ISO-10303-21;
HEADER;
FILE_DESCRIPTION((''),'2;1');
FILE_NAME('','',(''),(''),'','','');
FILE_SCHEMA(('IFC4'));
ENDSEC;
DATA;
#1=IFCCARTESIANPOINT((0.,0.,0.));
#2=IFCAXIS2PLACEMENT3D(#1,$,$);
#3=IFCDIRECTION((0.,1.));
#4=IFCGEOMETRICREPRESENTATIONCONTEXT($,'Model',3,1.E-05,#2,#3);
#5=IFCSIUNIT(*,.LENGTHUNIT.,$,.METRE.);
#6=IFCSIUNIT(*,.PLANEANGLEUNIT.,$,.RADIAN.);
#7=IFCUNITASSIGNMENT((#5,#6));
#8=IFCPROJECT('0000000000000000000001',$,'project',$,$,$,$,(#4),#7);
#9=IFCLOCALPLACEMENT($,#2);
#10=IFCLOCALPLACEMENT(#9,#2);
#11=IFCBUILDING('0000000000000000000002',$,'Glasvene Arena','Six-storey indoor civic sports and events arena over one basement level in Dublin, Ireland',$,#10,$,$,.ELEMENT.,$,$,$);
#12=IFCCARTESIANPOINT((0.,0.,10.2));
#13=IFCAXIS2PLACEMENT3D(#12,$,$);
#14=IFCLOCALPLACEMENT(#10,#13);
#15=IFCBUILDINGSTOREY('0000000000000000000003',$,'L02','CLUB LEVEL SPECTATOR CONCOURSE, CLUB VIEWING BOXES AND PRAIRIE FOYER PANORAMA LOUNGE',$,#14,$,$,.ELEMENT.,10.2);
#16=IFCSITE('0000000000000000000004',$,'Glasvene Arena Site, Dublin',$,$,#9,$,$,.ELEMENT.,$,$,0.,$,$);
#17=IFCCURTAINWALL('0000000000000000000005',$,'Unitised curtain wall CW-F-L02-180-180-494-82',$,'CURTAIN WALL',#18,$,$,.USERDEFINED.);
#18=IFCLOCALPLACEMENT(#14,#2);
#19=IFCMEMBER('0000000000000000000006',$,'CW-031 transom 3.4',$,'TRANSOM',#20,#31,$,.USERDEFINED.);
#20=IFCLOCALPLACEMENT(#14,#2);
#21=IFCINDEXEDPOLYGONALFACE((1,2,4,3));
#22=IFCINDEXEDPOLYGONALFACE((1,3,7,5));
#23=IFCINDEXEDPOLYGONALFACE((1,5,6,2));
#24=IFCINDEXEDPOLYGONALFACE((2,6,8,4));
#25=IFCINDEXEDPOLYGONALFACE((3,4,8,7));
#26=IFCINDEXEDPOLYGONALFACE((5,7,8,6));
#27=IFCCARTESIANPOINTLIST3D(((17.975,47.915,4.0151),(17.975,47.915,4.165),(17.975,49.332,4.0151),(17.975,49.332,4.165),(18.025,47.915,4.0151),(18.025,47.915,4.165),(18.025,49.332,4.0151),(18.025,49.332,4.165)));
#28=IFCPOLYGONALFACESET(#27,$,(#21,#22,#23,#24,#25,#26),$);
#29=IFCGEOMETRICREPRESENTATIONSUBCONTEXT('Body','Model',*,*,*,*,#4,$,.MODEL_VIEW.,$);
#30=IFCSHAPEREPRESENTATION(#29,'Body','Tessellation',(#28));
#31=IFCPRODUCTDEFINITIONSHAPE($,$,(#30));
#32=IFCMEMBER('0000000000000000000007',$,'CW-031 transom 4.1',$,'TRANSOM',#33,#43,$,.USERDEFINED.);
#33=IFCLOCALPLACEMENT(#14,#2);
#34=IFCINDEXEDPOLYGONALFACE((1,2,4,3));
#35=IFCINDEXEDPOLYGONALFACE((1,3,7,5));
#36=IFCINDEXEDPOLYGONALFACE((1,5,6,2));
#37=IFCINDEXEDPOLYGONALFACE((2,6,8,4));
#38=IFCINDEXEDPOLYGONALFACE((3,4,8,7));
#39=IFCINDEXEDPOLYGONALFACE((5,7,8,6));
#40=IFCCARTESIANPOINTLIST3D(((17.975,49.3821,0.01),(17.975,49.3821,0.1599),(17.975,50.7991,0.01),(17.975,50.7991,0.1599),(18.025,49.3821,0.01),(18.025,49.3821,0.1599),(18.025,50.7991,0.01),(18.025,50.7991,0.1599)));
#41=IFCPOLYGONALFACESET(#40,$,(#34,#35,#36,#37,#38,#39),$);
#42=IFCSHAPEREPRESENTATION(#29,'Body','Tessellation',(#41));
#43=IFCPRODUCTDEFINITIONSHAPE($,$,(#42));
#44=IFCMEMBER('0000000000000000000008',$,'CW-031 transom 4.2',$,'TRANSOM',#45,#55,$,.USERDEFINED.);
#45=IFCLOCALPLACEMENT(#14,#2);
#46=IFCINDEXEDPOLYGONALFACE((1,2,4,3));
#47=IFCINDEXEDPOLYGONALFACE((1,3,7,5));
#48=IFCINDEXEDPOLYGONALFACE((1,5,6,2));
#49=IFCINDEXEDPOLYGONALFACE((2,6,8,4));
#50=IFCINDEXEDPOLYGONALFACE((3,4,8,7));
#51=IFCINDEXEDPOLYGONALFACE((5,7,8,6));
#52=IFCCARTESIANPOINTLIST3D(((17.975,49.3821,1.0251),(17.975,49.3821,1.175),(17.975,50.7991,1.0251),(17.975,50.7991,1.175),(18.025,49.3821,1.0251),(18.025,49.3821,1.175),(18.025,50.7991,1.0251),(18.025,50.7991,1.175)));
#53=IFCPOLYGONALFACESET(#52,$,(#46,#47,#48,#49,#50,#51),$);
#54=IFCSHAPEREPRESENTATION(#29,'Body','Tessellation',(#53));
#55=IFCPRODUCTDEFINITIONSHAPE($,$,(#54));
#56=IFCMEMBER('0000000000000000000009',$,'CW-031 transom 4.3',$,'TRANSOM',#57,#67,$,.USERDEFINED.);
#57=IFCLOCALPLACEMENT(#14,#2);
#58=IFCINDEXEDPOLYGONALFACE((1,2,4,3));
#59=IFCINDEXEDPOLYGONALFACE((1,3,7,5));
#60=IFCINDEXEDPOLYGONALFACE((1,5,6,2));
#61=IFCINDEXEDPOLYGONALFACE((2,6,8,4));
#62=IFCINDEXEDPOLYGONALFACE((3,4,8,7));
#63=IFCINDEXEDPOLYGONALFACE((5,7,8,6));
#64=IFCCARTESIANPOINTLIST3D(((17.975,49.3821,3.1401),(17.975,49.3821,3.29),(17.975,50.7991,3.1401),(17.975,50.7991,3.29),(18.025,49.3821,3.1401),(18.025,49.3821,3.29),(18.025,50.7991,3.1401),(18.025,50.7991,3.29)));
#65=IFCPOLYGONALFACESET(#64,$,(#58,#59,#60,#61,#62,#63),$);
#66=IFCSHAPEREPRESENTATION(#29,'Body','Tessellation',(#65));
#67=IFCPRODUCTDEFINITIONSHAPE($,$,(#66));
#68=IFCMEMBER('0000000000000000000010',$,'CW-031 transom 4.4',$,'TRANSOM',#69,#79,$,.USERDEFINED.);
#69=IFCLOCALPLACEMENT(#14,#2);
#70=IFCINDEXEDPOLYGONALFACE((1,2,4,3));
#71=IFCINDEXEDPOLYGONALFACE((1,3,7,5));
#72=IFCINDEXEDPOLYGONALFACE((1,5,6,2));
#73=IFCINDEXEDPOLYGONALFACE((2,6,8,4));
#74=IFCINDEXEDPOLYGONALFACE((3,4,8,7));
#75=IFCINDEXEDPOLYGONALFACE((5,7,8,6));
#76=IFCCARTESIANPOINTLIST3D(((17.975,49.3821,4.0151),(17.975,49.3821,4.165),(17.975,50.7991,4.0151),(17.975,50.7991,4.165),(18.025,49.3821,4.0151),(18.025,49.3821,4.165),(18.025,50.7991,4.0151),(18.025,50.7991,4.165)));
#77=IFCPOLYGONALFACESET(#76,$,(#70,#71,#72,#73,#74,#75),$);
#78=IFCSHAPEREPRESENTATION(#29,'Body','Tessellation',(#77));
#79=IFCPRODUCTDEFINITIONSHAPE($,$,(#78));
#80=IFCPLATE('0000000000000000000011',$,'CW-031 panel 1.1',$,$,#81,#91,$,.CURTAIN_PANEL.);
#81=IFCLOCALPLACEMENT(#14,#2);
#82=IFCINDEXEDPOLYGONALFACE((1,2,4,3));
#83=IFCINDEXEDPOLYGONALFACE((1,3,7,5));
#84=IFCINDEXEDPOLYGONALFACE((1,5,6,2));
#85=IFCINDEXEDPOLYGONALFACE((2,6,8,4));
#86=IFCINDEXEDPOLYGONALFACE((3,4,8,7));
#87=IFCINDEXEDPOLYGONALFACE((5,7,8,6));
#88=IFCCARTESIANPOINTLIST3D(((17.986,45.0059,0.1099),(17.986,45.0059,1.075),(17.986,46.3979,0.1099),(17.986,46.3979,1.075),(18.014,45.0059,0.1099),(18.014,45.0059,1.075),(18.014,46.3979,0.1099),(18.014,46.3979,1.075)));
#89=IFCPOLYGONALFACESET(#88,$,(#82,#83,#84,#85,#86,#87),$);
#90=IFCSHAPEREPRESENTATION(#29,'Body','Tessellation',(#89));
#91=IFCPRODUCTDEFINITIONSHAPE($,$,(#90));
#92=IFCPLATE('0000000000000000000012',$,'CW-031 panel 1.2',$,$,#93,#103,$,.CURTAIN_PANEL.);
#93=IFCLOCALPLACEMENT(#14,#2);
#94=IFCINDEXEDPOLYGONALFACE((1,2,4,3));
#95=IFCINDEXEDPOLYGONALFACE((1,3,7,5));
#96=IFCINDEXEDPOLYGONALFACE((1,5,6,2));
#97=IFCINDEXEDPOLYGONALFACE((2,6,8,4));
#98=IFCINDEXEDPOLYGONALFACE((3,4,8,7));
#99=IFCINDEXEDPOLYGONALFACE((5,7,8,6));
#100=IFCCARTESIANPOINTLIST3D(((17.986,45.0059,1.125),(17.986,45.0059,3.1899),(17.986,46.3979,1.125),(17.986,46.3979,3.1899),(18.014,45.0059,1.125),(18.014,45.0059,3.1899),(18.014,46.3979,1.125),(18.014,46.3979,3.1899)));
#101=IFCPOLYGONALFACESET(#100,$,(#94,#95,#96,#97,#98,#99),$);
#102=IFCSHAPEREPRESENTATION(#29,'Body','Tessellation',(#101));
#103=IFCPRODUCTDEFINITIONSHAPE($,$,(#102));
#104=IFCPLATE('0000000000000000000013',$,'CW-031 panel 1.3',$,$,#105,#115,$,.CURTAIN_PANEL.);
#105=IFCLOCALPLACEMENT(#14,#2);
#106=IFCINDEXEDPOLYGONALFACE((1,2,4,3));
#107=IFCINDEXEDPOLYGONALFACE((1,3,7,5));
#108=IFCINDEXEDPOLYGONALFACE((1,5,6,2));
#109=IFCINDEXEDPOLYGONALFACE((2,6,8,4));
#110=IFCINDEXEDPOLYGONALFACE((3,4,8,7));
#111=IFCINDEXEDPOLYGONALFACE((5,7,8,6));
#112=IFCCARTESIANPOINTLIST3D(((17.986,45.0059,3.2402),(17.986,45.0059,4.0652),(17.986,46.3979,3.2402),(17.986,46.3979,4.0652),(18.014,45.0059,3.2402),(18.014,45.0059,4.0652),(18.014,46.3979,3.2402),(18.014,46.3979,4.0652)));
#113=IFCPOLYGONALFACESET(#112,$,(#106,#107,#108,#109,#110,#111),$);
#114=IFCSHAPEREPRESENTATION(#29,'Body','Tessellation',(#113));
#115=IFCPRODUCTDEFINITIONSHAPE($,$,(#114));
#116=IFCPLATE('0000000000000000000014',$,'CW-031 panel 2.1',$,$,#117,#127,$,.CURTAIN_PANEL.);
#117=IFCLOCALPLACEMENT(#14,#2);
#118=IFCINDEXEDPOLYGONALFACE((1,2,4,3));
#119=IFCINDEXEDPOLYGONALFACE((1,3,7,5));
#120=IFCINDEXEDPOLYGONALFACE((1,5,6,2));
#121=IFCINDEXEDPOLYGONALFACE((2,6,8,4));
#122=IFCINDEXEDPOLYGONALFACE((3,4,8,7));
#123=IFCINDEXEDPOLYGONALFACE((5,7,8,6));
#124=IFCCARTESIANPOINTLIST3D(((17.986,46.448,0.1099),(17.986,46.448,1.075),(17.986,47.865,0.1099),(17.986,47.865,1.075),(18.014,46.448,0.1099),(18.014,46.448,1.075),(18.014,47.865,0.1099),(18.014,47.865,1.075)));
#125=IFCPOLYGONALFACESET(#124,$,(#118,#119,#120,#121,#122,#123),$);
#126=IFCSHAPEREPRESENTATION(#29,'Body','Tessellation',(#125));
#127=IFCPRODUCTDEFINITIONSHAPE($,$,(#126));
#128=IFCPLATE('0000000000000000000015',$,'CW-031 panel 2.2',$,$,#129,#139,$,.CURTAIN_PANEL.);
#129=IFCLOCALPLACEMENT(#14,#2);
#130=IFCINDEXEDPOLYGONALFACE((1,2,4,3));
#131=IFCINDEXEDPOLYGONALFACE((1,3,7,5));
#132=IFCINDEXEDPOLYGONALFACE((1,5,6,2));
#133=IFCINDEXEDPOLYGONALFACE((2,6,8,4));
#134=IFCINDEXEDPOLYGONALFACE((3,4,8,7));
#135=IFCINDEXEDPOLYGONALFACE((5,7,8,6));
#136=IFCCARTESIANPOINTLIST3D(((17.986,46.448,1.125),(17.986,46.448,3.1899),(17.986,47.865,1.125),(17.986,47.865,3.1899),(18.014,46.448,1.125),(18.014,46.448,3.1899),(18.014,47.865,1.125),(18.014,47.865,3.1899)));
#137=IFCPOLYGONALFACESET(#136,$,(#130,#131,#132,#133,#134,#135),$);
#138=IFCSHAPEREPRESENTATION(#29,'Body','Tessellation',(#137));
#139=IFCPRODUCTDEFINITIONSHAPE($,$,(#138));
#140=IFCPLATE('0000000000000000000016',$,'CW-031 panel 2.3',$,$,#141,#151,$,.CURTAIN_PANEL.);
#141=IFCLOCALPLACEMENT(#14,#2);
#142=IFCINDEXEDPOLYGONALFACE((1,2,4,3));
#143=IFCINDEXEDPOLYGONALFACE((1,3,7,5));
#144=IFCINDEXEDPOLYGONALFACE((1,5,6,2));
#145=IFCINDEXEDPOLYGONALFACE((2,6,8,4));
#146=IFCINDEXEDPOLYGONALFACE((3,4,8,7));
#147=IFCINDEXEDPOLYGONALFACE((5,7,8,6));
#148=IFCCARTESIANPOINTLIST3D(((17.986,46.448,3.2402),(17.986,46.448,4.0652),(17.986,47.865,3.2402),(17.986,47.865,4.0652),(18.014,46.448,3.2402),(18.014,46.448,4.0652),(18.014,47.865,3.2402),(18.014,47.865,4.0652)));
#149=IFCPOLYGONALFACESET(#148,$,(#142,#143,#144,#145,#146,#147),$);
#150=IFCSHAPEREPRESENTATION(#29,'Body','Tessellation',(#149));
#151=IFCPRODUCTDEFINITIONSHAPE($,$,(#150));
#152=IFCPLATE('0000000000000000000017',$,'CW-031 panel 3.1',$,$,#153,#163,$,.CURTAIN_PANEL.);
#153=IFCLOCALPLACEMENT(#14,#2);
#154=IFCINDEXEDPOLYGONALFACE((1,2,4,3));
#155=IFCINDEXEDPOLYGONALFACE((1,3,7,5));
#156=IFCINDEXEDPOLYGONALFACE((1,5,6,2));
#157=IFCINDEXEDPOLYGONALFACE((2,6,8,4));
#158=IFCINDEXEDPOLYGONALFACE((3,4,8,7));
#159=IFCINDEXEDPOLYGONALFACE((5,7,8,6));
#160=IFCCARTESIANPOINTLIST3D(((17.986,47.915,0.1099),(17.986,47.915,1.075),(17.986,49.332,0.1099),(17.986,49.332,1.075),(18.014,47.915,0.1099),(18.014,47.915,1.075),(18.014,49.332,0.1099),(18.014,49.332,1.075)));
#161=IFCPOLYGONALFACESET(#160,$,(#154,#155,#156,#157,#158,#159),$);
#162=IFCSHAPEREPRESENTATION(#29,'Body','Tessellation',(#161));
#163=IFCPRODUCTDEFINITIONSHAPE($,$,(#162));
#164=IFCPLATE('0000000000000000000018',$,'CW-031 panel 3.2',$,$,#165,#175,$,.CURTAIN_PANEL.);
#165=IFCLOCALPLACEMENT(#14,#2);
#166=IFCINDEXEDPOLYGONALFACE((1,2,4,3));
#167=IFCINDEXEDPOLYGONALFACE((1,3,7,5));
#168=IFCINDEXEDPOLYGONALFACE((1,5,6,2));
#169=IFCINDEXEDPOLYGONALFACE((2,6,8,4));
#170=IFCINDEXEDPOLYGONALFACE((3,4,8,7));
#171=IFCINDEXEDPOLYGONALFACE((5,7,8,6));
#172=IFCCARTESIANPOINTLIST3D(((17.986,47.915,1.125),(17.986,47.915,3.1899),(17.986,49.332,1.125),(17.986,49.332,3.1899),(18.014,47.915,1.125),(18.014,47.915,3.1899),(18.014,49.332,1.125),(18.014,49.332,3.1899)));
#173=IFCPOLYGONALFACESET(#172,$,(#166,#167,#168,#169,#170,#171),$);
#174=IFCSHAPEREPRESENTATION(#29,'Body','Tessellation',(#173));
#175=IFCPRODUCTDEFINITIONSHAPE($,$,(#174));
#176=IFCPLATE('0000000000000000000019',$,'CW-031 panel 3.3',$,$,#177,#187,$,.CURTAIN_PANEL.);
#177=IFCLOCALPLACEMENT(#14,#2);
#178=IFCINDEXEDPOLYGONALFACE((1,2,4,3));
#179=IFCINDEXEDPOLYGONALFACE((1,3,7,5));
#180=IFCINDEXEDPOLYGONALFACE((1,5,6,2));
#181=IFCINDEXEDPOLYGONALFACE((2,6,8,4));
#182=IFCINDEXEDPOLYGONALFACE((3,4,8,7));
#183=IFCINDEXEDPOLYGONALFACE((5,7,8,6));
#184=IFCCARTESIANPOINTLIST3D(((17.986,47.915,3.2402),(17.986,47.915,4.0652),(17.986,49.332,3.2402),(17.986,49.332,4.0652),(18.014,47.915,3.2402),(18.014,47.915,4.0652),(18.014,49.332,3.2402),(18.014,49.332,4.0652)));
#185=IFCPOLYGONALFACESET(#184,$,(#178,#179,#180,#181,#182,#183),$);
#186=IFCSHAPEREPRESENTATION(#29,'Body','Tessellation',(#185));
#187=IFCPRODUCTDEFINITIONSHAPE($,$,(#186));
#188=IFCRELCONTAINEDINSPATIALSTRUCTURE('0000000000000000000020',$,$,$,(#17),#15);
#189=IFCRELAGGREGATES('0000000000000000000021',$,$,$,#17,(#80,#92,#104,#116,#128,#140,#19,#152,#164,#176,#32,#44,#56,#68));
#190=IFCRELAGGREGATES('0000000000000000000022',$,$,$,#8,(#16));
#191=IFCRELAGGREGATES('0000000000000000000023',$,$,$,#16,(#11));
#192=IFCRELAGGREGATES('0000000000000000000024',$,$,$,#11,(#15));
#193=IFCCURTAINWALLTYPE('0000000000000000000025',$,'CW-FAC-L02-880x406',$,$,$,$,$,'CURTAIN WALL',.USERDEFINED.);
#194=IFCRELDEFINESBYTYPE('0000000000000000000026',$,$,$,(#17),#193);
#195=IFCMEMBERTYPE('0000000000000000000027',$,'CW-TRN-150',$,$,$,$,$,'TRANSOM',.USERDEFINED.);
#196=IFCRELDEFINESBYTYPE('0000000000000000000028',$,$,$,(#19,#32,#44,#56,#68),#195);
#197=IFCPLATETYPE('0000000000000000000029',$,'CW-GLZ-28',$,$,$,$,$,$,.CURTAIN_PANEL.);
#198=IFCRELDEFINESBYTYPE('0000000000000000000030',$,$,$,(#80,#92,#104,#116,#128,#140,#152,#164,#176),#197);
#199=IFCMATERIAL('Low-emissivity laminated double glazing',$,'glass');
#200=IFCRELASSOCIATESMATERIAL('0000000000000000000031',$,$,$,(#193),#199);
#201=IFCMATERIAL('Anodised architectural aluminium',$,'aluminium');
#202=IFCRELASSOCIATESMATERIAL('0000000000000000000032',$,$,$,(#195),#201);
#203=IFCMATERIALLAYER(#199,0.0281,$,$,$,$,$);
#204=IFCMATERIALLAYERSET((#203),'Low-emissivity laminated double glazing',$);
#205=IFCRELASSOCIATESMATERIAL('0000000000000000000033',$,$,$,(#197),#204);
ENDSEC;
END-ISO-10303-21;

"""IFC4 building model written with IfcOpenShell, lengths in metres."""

from ifc_helpers import new_model, si_unit, direction, frame, origin, origin_2d, place, context, subcontext, project, spatial, rectangle, extrude, material, layer, layer_set, material_profile, profile_set, type_object, element, aggregate, save


model = new_model("IFC4")

# Units and contexts
model_context = context("Model", 3, precision=1e-05, world=origin(), true_north=direction((0.0, 1.0)))
body_context = subcontext(model_context, "Body", "Model", "MODEL_VIEW")
ifc_project = project(units=[si_unit("LENGTHUNIT", "METRE"), si_unit("PLANEANGLEUNIT", "RADIAN")], contexts=[model_context])

# Site, building, storey
site_placement = place(None, origin())
site = spatial("IfcSite", under=ifc_project, at=site_placement, Name="Glasvene Arena Site, Dublin", CompositionType="ELEMENT", RefElevation=0.0)
building_placement = place(site_placement, origin())
building = spatial("IfcBuilding", under=site, at=building_placement, Name="Glasvene Arena", Description="Six-storey indoor civic sports and events arena over one basement level in Dublin, Ireland", CompositionType="ELEMENT")
storey_placement = place(building_placement, frame((0.0, 0.0, 10.2)))
storey = spatial("IfcBuildingStorey", under=building, at=storey_placement, Name="L02", Description="CLUB LEVEL SPECTATOR CONCOURSE, CLUB VIEWING BOXES AND PRAIRIE FOYER PANORAMA LOUNGE", CompositionType="ELEMENT", Elevation=10.2)

# Curtain wall, members, plates
ifc_material_1 = material(Name="Low-emissivity laminated double glazing", Category="glass")
curtain_wall_type = type_object("IfcCurtainWallType", Name="CW-FAC-L02-880x406", ElementType="CURTAIN WALL", PredefinedType="USERDEFINED", material=ifc_material_1)
curtain_wall_placement = place(storey_placement, frame((18.0, 44.9561, 0.0)))
curtain_wall = element("IfcCurtainWall", 1, at=curtain_wall_placement, inside=storey, type_object=curtain_wall_type, Name="Unitised curtain wall CW-F-L02-180-180-494-82", ObjectType="CURTAIN WALL", PredefinedType="USERDEFINED")
ifc_material_2 = material(Name="Anodised architectural aluminium", Category="aluminium")
ifc_material_profile_1 = material_profile(ifc_material_2, rectangle(XDim=0.05, YDim=0.1499, at=origin_2d()), Name="ALU TRANSOM 50x150")
ifc_profile_set_1 = profile_set([ifc_material_profile_1], Name="Anodised architectural aluminium")
member_type_1 = type_object("IfcMemberType", Name="CW-TRN-150", ElementType="TRANSOM", PredefinedType="USERDEFINED", material=ifc_profile_set_1)
member_1_placement = place(storey_placement, frame((18.0, 47.915, 4.0901), z_axis=(0.0, 1.0, 0.0), x_axis=(-1.0, 0.0, 0.0)))
member_1 = element("IfcMember", 2, at=member_1_placement, type_object=member_type_1, Name="CW-031 transom 3.4", ObjectType="TRANSOM", PredefinedType="USERDEFINED", context=body_context, shape_type="SweptSolid", body=[
    extrude(rectangle(XDim=0.05, YDim=0.1499, at=origin_2d()), origin(), (0.0, 0.0, 1.0), 1.417),
])
member_2_placement = place(storey_placement, frame((18.0, 49.3821, 0.085), z_axis=(0.0, 1.0, 0.0), x_axis=(-1.0, 0.0, 0.0)))
member_2 = element("IfcMember", 3, at=member_2_placement, type_object=member_type_1, Name="CW-031 transom 4.1", ObjectType="TRANSOM", PredefinedType="USERDEFINED", context=body_context, shape_type="SweptSolid", body=[
    extrude(rectangle(XDim=0.05, YDim=0.1499, at=origin_2d()), origin(), (0.0, 0.0, 1.0), 1.417),
])
member_3_placement = place(storey_placement, frame((18.0, 49.3821, 1.1001), z_axis=(0.0, 1.0, 0.0), x_axis=(-1.0, 0.0, 0.0)))
member_3 = element("IfcMember", 4, at=member_3_placement, type_object=member_type_1, Name="CW-031 transom 4.2", ObjectType="TRANSOM", PredefinedType="USERDEFINED", context=body_context, shape_type="SweptSolid", body=[
    extrude(rectangle(XDim=0.05, YDim=0.1499, at=origin_2d()), origin(), (0.0, 0.0, 1.0), 1.417),
])
member_4_placement = place(storey_placement, frame((18.0, 49.3821, 3.2151), z_axis=(0.0, 1.0, 0.0), x_axis=(-1.0, 0.0, 0.0)))
member_4 = element("IfcMember", 5, at=member_4_placement, type_object=member_type_1, Name="CW-031 transom 4.3", ObjectType="TRANSOM", PredefinedType="USERDEFINED", context=body_context, shape_type="SweptSolid", body=[
    extrude(rectangle(XDim=0.05, YDim=0.1499, at=origin_2d()), origin(), (0.0, 0.0, 1.0), 1.417),
])
member_5_placement = place(storey_placement, frame((18.0, 49.3821, 4.0901), z_axis=(0.0, 1.0, 0.0), x_axis=(-1.0, 0.0, 0.0)))
member_5 = element("IfcMember", 6, at=member_5_placement, type_object=member_type_1, Name="CW-031 transom 4.4", ObjectType="TRANSOM", PredefinedType="USERDEFINED", context=body_context, shape_type="SweptSolid", body=[
    extrude(rectangle(XDim=0.05, YDim=0.1499, at=origin_2d()), origin(), (0.0, 0.0, 1.0), 1.417),
])
ifc_layer_1 = layer(ifc_material_1, 0.0281)
ifc_layer_set_1 = layer_set([ifc_layer_1], Name="Low-emissivity laminated double glazing")
plate_type = type_object("IfcPlateType", Name="CW-GLZ-28", PredefinedType="CURTAIN_PANEL", material=ifc_layer_set_1)
plate_1_placement = place(storey_placement, frame((18.0, 45.7019, 0.1099), z_axis=(0.0, 0.0, 1.0), x_axis=(0.0, 1.0, 0.0)))
plate_1 = element("IfcPlate", 7, at=plate_1_placement, type_object=plate_type, Name="CW-031 panel 1.1", PredefinedType="CURTAIN_PANEL", context=body_context, shape_type="SweptSolid", body=[
    extrude(rectangle(XDim=1.3921, YDim=0.0281, at=origin_2d()), origin(), (0.0, 0.0, 1.0), 0.9651),
])
plate_2_placement = place(storey_placement, frame((18.0, 45.7019, 1.125), z_axis=(0.0, 0.0, 1.0), x_axis=(0.0, 1.0, 0.0)))
plate_2 = element("IfcPlate", 8, at=plate_2_placement, type_object=plate_type, Name="CW-031 panel 1.2", PredefinedType="CURTAIN_PANEL", context=body_context, shape_type="SweptSolid", body=[
    extrude(rectangle(XDim=1.3921, YDim=0.0281, at=origin_2d()), origin(), (0.0, 0.0, 1.0), 2.0649),
])
plate_3_placement = place(storey_placement, frame((18.0, 45.7019, 3.2402), z_axis=(0.0, 0.0, 1.0), x_axis=(0.0, 1.0, 0.0)))
plate_3 = element("IfcPlate", 9, at=plate_3_placement, type_object=plate_type, Name="CW-031 panel 1.3", PredefinedType="CURTAIN_PANEL", context=body_context, shape_type="SweptSolid", body=[
    extrude(rectangle(XDim=1.3921, YDim=0.0281, at=origin_2d()), origin(), (0.0, 0.0, 1.0), 0.825),
])
plate_4_placement = place(storey_placement, frame((18.0, 47.1565, 0.1099), z_axis=(0.0, 0.0, 1.0), x_axis=(0.0, 1.0, 0.0)))
plate_4 = element("IfcPlate", 10, at=plate_4_placement, type_object=plate_type, Name="CW-031 panel 2.1", PredefinedType="CURTAIN_PANEL", context=body_context, shape_type="SweptSolid", body=[
    extrude(rectangle(XDim=1.417, YDim=0.0281, at=origin_2d()), origin(), (0.0, 0.0, 1.0), 0.9651),
])
plate_5_placement = place(storey_placement, frame((18.0, 47.1565, 1.125), z_axis=(0.0, 0.0, 1.0), x_axis=(0.0, 1.0, 0.0)))
plate_5 = element("IfcPlate", 11, at=plate_5_placement, type_object=plate_type, Name="CW-031 panel 2.2", PredefinedType="CURTAIN_PANEL", context=body_context, shape_type="SweptSolid", body=[
    extrude(rectangle(XDim=1.417, YDim=0.0281, at=origin_2d()), origin(), (0.0, 0.0, 1.0), 2.0649),
])
plate_6_placement = place(storey_placement, frame((18.0, 47.1565, 3.2402), z_axis=(0.0, 0.0, 1.0), x_axis=(0.0, 1.0, 0.0)))
plate_6 = element("IfcPlate", 12, at=plate_6_placement, type_object=plate_type, Name="CW-031 panel 2.3", PredefinedType="CURTAIN_PANEL", context=body_context, shape_type="SweptSolid", body=[
    extrude(rectangle(XDim=1.417, YDim=0.0281, at=origin_2d()), origin(), (0.0, 0.0, 1.0), 0.825),
])
plate_7_placement = place(storey_placement, frame((18.0, 48.6235, 0.1099), z_axis=(0.0, 0.0, 1.0), x_axis=(0.0, 1.0, 0.0)))
plate_7 = element("IfcPlate", 13, at=plate_7_placement, type_object=plate_type, Name="CW-031 panel 3.1", PredefinedType="CURTAIN_PANEL", context=body_context, shape_type="SweptSolid", body=[
    extrude(rectangle(XDim=1.417, YDim=0.0281, at=origin_2d()), origin(), (0.0, 0.0, 1.0), 0.9651),
])
plate_8_placement = place(storey_placement, frame((18.0, 48.6235, 1.125), z_axis=(0.0, 0.0, 1.0), x_axis=(0.0, 1.0, 0.0)))
plate_8 = element("IfcPlate", 14, at=plate_8_placement, type_object=plate_type, Name="CW-031 panel 3.2", PredefinedType="CURTAIN_PANEL", context=body_context, shape_type="SweptSolid", body=[
    extrude(rectangle(XDim=1.417, YDim=0.0281, at=origin_2d()), origin(), (0.0, 0.0, 1.0), 2.0649),
])
plate_9_placement = place(storey_placement, frame((18.0, 48.6235, 3.2402), z_axis=(0.0, 0.0, 1.0), x_axis=(0.0, 1.0, 0.0)))
plate_9 = element("IfcPlate", 15, at=plate_9_placement, type_object=plate_type, Name="CW-031 panel 3.3", PredefinedType="CURTAIN_PANEL", context=body_context, shape_type="SweptSolid", body=[
    extrude(rectangle(XDim=1.417, YDim=0.0281, at=origin_2d()), origin(), (0.0, 0.0, 1.0), 0.825),
])
aggregate(curtain_wall, [plate_1, plate_2, plate_3, plate_4, plate_5, plate_6, member_1, plate_7, plate_8, plate_9, member_2, member_3, member_4, member_5])

save(model, "model.ifc")
